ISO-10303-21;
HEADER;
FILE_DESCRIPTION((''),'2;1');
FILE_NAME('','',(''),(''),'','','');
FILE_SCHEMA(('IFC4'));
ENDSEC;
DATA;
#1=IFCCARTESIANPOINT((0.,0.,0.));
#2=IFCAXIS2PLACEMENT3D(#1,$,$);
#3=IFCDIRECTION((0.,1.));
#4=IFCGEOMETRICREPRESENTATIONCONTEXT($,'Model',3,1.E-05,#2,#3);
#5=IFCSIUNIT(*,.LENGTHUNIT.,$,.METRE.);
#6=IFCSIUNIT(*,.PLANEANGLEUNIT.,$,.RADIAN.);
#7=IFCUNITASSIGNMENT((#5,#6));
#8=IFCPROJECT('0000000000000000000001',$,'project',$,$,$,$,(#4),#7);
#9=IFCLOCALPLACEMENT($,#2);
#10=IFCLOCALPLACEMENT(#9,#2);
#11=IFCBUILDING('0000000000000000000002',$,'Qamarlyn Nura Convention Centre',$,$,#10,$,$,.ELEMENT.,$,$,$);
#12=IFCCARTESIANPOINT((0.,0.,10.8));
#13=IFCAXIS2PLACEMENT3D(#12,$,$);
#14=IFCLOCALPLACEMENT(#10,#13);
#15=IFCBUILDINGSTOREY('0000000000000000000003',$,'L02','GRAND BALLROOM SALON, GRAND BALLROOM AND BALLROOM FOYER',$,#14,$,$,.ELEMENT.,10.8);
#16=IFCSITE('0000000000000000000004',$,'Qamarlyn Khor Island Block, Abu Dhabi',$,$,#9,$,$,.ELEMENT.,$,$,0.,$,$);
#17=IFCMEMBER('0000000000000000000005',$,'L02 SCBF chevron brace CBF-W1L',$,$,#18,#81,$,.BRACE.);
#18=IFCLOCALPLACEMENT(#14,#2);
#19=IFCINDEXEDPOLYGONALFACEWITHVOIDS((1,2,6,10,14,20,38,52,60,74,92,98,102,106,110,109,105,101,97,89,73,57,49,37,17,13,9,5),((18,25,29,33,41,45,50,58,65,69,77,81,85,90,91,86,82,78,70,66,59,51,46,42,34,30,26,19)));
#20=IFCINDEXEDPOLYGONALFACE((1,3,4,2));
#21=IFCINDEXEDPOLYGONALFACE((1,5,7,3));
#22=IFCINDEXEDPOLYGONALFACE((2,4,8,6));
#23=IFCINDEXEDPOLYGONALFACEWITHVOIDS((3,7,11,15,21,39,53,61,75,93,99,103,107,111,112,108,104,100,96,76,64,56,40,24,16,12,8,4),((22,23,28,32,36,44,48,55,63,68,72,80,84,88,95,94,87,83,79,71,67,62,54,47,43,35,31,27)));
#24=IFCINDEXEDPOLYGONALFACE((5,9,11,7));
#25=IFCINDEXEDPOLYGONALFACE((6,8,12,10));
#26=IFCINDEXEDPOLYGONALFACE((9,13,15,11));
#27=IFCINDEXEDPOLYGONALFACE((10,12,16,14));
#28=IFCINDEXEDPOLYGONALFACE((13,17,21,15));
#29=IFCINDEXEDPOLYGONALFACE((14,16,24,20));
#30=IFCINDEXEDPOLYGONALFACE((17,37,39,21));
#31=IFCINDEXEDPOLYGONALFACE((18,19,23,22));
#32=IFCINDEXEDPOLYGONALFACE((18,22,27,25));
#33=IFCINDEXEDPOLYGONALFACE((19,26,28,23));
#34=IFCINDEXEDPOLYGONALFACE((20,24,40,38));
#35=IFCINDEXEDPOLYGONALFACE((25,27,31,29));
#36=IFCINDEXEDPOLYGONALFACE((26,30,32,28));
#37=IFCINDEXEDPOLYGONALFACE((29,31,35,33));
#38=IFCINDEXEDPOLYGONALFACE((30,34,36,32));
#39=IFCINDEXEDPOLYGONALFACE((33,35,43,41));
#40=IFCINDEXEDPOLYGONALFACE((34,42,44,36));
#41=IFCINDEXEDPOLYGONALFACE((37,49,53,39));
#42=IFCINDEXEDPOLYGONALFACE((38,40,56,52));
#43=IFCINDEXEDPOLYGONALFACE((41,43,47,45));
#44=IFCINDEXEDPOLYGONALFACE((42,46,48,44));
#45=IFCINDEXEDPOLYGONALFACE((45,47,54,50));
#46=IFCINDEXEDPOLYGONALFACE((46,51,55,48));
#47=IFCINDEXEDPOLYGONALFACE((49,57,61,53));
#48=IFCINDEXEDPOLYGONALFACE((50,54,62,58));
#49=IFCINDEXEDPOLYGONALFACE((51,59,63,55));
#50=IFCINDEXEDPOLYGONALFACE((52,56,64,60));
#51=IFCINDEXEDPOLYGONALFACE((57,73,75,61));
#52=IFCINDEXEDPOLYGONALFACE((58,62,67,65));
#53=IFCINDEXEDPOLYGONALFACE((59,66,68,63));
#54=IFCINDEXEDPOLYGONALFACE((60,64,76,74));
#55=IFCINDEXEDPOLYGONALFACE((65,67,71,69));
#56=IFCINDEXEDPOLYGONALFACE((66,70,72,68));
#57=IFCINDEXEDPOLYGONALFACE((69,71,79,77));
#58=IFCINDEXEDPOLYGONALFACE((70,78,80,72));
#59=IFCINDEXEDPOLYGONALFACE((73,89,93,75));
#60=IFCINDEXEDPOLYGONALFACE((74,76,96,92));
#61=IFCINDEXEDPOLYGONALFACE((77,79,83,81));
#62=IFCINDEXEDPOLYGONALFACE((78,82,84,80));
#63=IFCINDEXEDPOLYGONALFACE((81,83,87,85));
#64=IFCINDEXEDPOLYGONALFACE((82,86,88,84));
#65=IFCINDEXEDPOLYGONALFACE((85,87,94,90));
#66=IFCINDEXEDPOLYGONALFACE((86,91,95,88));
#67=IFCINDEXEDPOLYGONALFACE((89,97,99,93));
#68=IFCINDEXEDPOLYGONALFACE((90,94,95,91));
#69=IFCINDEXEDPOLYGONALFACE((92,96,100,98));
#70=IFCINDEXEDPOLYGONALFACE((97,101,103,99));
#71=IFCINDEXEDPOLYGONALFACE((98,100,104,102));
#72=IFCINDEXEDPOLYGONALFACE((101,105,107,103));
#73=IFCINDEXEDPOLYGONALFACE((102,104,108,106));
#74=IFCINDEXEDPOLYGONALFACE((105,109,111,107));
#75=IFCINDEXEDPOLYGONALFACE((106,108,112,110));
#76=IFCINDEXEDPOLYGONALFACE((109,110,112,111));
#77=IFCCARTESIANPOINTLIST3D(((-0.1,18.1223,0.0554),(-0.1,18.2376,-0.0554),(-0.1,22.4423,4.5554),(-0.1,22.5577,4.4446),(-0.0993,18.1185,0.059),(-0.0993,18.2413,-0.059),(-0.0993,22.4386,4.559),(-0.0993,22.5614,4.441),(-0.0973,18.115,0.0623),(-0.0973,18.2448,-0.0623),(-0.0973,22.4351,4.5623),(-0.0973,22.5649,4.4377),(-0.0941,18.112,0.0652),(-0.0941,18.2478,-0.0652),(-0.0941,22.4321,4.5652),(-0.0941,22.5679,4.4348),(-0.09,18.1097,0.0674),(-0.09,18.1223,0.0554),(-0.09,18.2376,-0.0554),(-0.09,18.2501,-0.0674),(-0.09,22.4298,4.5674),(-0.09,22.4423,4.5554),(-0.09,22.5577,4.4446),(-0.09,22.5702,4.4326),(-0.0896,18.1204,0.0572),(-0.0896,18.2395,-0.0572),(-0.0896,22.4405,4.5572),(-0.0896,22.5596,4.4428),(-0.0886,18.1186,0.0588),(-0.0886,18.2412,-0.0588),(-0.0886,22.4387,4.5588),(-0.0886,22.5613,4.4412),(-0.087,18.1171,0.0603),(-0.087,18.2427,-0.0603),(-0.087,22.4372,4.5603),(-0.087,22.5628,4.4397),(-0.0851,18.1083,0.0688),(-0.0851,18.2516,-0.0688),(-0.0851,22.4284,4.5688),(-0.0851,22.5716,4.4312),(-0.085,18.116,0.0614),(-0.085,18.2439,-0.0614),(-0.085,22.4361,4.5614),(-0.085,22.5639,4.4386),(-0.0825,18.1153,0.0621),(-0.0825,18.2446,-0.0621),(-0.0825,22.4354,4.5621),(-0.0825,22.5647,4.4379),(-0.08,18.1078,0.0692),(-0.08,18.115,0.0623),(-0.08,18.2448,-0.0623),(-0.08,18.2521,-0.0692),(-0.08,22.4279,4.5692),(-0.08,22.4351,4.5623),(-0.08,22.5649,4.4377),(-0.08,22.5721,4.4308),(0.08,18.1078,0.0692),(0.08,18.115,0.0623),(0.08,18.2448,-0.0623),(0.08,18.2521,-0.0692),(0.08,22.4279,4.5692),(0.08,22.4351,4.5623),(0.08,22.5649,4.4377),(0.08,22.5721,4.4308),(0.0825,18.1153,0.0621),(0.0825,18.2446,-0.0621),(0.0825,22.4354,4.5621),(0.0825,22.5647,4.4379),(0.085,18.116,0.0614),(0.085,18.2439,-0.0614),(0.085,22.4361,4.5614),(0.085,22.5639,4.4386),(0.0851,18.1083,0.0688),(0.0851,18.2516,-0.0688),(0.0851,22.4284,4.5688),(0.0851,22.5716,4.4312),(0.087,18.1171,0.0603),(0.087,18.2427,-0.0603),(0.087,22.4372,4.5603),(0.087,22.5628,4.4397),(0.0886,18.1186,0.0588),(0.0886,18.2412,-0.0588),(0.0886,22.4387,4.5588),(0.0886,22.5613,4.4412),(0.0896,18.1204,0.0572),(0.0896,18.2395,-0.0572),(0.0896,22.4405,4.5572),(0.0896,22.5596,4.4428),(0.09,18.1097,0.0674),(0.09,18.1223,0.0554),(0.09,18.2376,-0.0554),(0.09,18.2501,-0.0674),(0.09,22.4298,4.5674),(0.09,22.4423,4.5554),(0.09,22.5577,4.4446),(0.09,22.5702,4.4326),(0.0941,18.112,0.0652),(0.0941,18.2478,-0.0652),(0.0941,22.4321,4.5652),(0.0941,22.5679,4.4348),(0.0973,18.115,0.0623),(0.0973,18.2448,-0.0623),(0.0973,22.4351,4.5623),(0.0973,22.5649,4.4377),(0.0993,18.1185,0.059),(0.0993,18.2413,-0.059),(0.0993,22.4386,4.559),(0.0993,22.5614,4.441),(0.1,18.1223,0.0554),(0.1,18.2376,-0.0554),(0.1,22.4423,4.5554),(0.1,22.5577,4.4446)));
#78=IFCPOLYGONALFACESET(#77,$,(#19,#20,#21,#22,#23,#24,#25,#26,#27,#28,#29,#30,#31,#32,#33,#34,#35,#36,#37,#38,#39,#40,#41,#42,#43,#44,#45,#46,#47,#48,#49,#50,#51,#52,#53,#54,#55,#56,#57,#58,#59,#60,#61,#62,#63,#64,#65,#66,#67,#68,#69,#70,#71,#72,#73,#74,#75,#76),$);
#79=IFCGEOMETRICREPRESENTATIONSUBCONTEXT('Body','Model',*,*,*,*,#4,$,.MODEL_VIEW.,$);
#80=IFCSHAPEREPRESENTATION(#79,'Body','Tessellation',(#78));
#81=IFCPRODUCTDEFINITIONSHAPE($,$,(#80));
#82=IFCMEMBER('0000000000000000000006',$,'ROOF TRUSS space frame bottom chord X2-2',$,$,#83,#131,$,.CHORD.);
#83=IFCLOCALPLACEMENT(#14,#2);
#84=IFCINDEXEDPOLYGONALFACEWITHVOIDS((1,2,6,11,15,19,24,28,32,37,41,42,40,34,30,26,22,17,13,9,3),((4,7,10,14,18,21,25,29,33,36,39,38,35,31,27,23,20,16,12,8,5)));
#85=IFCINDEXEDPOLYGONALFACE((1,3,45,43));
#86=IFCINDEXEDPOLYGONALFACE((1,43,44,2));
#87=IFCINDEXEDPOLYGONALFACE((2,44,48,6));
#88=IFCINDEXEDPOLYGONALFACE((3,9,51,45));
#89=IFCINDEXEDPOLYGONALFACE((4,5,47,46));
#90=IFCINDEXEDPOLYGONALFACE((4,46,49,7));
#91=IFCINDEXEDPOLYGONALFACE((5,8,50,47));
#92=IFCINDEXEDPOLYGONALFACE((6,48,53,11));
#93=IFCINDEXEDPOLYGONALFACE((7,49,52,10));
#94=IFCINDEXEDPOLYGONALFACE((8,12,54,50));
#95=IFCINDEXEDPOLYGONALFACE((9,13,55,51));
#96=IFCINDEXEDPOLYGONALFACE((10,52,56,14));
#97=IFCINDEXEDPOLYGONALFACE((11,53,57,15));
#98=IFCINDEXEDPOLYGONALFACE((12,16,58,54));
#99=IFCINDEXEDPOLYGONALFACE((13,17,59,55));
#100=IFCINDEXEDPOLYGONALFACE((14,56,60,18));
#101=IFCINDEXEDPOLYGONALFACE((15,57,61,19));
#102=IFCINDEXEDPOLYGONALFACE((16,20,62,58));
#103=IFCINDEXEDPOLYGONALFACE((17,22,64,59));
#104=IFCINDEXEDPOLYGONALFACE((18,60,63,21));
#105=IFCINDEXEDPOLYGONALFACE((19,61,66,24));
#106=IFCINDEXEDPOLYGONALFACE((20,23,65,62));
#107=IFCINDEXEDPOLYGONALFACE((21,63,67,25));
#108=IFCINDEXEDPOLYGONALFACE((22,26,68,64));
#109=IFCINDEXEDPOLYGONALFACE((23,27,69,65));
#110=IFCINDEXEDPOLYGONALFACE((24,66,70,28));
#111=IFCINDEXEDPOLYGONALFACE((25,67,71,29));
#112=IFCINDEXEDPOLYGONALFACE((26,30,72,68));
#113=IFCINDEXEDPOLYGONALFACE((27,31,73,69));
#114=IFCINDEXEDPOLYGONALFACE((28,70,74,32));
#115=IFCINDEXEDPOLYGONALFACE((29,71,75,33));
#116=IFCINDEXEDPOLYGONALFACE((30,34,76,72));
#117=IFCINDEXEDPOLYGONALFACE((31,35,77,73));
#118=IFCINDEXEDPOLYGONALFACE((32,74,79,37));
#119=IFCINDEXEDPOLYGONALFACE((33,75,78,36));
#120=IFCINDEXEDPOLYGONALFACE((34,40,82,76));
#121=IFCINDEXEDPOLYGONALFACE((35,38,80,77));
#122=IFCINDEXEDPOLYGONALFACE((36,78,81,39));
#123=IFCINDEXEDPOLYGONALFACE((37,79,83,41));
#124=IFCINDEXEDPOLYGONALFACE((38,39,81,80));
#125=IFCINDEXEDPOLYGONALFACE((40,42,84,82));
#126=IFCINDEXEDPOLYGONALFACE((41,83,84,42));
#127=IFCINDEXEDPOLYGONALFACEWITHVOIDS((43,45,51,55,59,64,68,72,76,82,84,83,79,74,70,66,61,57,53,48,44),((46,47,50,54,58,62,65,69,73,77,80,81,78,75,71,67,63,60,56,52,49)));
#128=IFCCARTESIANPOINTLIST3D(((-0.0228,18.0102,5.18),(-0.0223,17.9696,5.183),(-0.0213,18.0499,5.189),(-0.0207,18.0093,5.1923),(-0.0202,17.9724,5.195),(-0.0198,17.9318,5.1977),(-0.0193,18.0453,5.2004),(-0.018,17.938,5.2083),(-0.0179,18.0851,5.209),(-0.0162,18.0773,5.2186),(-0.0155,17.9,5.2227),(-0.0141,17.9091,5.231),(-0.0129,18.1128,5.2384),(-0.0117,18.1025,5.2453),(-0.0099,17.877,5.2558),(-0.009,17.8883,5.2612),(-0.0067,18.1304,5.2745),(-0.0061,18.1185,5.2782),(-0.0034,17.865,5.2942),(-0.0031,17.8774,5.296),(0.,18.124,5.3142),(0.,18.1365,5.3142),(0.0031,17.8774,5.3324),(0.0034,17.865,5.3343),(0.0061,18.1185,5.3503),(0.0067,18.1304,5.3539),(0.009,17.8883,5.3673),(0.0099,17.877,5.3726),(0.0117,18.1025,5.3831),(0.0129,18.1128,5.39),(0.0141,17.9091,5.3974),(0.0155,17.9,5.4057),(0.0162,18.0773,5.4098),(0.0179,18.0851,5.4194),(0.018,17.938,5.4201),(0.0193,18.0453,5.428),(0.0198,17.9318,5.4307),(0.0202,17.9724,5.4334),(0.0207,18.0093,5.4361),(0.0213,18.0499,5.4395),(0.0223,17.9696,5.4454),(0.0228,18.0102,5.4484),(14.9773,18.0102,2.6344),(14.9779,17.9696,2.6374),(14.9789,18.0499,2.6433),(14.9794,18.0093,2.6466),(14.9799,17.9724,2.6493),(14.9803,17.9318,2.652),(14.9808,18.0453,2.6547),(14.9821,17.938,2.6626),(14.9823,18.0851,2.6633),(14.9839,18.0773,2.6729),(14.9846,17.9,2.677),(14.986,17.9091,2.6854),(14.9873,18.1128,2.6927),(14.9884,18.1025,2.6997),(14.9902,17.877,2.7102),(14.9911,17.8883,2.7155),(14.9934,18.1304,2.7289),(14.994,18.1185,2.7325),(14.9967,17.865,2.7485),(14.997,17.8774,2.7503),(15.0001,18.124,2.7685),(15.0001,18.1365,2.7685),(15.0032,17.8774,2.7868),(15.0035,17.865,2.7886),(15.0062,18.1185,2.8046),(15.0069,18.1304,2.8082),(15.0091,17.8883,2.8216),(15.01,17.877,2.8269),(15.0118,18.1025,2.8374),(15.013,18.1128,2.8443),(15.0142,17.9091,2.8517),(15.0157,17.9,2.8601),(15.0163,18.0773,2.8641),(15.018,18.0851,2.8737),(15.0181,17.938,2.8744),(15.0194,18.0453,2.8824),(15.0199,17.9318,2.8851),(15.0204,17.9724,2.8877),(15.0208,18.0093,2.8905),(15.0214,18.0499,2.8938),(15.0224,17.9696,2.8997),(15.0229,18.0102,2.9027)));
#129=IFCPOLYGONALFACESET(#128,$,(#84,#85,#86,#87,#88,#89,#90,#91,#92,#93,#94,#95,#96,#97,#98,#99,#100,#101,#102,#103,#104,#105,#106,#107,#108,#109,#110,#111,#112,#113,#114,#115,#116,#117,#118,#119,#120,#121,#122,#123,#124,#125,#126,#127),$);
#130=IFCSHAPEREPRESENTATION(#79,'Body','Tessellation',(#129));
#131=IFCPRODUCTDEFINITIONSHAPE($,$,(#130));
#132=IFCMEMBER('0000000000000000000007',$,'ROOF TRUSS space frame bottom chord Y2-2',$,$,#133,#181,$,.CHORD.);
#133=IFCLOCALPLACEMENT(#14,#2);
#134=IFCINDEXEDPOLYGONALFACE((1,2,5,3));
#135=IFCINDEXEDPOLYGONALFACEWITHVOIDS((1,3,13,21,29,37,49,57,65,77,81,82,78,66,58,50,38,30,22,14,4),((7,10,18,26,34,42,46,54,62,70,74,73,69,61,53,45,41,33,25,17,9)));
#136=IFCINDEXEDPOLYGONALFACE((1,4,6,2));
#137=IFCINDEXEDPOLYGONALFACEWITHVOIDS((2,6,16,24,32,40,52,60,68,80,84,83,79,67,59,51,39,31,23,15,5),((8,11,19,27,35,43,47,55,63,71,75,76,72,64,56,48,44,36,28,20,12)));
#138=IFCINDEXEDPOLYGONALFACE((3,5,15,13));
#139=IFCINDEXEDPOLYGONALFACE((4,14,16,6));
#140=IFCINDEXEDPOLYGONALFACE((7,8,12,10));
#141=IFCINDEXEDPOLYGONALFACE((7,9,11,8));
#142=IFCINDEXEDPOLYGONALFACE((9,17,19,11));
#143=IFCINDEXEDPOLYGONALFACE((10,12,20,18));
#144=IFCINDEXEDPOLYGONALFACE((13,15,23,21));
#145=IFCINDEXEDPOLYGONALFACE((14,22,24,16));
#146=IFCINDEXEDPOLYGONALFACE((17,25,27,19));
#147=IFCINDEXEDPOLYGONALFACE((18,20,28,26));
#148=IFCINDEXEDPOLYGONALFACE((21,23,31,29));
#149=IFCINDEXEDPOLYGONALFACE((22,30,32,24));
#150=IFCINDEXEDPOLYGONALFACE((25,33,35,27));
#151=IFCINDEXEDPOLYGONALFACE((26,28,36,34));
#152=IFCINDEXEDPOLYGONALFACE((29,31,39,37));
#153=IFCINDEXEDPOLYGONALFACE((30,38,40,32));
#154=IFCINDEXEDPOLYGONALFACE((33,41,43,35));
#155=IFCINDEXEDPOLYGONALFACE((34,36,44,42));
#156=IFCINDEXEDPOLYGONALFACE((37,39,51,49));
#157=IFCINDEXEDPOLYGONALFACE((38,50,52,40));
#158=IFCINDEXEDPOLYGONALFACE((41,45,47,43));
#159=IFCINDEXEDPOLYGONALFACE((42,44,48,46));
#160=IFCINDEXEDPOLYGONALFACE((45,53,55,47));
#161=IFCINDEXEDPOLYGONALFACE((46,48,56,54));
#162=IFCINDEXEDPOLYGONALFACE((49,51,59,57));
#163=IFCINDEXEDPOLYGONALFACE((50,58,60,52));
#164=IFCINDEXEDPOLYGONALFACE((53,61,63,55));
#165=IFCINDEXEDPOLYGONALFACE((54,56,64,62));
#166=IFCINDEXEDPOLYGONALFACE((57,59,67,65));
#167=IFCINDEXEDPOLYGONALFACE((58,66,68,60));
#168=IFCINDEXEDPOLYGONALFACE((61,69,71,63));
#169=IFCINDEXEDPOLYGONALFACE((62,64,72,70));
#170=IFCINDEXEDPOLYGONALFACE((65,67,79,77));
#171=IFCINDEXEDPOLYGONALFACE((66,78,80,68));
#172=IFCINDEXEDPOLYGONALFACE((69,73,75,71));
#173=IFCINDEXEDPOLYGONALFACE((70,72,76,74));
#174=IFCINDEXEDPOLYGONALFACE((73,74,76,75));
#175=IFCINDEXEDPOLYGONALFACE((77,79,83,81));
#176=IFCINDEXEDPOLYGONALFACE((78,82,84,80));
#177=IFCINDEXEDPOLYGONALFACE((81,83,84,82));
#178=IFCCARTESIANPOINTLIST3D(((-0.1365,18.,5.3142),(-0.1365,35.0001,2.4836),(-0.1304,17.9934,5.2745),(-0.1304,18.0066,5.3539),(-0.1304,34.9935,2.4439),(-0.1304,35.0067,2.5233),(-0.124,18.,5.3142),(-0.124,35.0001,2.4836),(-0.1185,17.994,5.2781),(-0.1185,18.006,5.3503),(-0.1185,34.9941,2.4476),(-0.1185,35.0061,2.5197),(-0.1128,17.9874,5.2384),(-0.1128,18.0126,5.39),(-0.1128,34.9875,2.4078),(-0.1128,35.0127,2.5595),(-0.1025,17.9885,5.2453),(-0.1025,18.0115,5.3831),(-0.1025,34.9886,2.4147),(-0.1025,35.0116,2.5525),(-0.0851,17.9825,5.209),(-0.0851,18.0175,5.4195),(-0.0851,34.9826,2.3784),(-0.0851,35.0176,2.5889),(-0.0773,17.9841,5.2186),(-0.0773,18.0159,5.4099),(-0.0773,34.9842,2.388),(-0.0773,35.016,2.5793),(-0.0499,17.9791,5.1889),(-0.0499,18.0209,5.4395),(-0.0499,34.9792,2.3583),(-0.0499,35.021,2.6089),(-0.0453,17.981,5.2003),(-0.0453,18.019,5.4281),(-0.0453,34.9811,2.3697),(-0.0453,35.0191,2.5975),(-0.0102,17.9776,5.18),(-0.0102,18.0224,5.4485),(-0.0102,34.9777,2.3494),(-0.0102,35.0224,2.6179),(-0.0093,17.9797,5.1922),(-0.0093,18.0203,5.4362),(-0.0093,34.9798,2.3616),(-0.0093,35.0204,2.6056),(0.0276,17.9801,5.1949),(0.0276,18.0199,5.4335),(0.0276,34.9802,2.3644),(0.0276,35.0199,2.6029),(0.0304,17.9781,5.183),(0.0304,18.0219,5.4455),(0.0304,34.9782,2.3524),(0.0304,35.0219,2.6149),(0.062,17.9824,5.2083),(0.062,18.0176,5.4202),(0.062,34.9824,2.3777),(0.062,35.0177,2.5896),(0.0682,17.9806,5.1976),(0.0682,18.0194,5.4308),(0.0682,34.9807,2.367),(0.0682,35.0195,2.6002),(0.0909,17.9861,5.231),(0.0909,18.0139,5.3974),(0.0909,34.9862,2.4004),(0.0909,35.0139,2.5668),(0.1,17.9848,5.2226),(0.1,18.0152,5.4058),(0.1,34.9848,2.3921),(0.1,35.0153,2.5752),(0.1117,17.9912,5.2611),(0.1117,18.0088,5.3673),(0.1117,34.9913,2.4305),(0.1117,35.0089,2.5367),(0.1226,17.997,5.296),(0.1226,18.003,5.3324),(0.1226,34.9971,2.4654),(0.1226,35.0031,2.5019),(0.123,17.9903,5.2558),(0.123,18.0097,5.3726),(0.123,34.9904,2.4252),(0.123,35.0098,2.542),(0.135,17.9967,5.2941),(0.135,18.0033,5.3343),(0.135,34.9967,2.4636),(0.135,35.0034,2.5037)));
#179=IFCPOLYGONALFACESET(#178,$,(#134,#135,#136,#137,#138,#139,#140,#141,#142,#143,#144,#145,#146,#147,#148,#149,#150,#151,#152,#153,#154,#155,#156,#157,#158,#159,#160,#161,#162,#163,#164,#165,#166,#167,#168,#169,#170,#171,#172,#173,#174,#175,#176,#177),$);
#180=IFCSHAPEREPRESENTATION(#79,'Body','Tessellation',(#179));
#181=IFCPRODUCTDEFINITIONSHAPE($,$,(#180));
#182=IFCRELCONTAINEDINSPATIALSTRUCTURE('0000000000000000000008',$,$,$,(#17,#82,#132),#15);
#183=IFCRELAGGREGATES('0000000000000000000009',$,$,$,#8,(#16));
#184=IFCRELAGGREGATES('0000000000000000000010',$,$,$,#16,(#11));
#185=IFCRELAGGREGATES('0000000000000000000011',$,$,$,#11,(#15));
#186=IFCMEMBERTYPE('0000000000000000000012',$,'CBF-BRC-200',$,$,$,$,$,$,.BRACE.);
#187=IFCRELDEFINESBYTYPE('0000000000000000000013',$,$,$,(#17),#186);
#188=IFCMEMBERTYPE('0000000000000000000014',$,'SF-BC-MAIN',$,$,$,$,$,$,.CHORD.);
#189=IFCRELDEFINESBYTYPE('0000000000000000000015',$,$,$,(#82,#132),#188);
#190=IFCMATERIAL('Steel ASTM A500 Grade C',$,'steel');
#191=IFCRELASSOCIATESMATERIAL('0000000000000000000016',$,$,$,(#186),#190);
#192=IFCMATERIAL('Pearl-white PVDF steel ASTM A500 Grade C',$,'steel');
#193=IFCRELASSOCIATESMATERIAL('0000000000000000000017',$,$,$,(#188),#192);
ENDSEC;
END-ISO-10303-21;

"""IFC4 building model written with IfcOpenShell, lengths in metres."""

from ifc_helpers import new_model, si_unit, direction, frame, origin, origin_2d, place, context, subcontext, project, spatial, hollow_rectangle, hollow_circle, extrude, material, material_profile, profile_set, type_object, element, save


model = new_model("IFC4")

# Units and contexts
model_context = context("Model", 3, precision=1e-05, world=origin(), true_north=direction((0.0, 1.0)))
body_context = subcontext(model_context, "Body", "Model", "MODEL_VIEW")
ifc_project = project(units=[si_unit("LENGTHUNIT", "METRE"), si_unit("PLANEANGLEUNIT", "RADIAN")], contexts=[model_context])

# Site, building, storey
site_placement = place(None, origin())
site = spatial("IfcSite", under=ifc_project, at=site_placement, Name="Qamarlyn Khor Island Block, Abu Dhabi", CompositionType="ELEMENT", RefElevation=0.0)
building_placement = place(site_placement, origin())
building = spatial("IfcBuilding", under=site, at=building_placement, Name="Qamarlyn Nura Convention Centre", CompositionType="ELEMENT")
storey_placement = place(building_placement, frame((0.0, 0.0, 10.8)))
storey = spatial("IfcBuildingStorey", under=building, at=storey_placement, Name="L02", Description="GRAND BALLROOM SALON, GRAND BALLROOM AND BALLROOM FOYER", CompositionType="ELEMENT", Elevation=10.8)

# Shared definitions
ifc_material_1 = material(Name="Pearl-white PVDF steel ASTM A500 Grade C", Category="steel")

# Shared definitions
ifc_material_2 = material(Name="Steel ASTM A500 Grade C", Category="steel")

# Members
ifc_material_profile_1 = material_profile(ifc_material_2, hollow_rectangle(XDim=0.2, YDim=0.2, WallThickness=0.01, InnerFilletRadius=0.01, OuterFilletRadius=0.02, at=origin_2d()), Name="HSS200X200X10")
ifc_profile_set_1 = profile_set([ifc_material_profile_1], Name="Steel ASTM A500 Grade C")
member_type_1 = type_object("IfcMemberType", Name="CBF-BRC-200", PredefinedType="BRACE", material=ifc_profile_set_1)
member_1_placement = place(storey_placement, frame((0.0, 18.1799, 0.0), z_axis=(0.0, 0.692538, 0.721382), x_axis=(-1.0, 0.0, 0.0)))
element("IfcMember", 1, at=member_1_placement, inside=storey, type_object=member_type_1, Name="L02 SCBF chevron brace CBF-W1L", PredefinedType="BRACE", context=body_context, shape_type="SweptSolid", body=[
    extrude(hollow_rectangle(XDim=0.2, YDim=0.2, WallThickness=0.01, InnerFilletRadius=0.01, OuterFilletRadius=0.02, at=origin_2d()), origin(), (0.0, 0.0, 1.0), 6.238),
])
ifc_material_profile_2 = material_profile(ifc_material_1, hollow_circle(Radius=0.1365, WallThickness=0.0125, at=origin_2d()), Name="CHS273X12.5")
ifc_profile_set_2 = profile_set([ifc_material_profile_2], Name="Pearl-white PVDF steel ASTM A500 Grade C")
member_type_2 = type_object("IfcMemberType", Name="SF-BC-MAIN", PredefinedType="CHORD", material=ifc_profile_set_2)
member_2_placement = place(storey_placement, frame((0.0, 18.0, 5.3142), z_axis=(0.985903, 0.0, -0.167318), x_axis=(0.0, 1.0, 0.0)))
element("IfcMember", 2, at=member_2_placement, inside=storey, type_object=member_type_2, Name="ROOF TRUSS space frame bottom chord X2-2", PredefinedType="CHORD", context=body_context, shape_type="SweptSolid", body=[
    extrude(hollow_circle(Radius=0.1365, WallThickness=0.0125, at=origin_2d()), origin(), (0.0, 0.0, 1.0), 15.2146),
])
member_3_placement = place(storey_placement, frame((0.0, 18.0, 5.3142), z_axis=(0.0, 0.98642, -0.164243), x_axis=(-1.0, 0.0, 0.0)))
element("IfcMember", 3, at=member_3_placement, inside=storey, type_object=member_type_2, Name="ROOF TRUSS space frame bottom chord Y2-2", PredefinedType="CHORD", context=body_context, shape_type="SweptSolid", body=[
    extrude(hollow_circle(Radius=0.1365, WallThickness=0.0125, at=origin_2d()), origin(), (0.0, 0.0, 1.0), 17.2341),
])

save(model, "model.ifc")
